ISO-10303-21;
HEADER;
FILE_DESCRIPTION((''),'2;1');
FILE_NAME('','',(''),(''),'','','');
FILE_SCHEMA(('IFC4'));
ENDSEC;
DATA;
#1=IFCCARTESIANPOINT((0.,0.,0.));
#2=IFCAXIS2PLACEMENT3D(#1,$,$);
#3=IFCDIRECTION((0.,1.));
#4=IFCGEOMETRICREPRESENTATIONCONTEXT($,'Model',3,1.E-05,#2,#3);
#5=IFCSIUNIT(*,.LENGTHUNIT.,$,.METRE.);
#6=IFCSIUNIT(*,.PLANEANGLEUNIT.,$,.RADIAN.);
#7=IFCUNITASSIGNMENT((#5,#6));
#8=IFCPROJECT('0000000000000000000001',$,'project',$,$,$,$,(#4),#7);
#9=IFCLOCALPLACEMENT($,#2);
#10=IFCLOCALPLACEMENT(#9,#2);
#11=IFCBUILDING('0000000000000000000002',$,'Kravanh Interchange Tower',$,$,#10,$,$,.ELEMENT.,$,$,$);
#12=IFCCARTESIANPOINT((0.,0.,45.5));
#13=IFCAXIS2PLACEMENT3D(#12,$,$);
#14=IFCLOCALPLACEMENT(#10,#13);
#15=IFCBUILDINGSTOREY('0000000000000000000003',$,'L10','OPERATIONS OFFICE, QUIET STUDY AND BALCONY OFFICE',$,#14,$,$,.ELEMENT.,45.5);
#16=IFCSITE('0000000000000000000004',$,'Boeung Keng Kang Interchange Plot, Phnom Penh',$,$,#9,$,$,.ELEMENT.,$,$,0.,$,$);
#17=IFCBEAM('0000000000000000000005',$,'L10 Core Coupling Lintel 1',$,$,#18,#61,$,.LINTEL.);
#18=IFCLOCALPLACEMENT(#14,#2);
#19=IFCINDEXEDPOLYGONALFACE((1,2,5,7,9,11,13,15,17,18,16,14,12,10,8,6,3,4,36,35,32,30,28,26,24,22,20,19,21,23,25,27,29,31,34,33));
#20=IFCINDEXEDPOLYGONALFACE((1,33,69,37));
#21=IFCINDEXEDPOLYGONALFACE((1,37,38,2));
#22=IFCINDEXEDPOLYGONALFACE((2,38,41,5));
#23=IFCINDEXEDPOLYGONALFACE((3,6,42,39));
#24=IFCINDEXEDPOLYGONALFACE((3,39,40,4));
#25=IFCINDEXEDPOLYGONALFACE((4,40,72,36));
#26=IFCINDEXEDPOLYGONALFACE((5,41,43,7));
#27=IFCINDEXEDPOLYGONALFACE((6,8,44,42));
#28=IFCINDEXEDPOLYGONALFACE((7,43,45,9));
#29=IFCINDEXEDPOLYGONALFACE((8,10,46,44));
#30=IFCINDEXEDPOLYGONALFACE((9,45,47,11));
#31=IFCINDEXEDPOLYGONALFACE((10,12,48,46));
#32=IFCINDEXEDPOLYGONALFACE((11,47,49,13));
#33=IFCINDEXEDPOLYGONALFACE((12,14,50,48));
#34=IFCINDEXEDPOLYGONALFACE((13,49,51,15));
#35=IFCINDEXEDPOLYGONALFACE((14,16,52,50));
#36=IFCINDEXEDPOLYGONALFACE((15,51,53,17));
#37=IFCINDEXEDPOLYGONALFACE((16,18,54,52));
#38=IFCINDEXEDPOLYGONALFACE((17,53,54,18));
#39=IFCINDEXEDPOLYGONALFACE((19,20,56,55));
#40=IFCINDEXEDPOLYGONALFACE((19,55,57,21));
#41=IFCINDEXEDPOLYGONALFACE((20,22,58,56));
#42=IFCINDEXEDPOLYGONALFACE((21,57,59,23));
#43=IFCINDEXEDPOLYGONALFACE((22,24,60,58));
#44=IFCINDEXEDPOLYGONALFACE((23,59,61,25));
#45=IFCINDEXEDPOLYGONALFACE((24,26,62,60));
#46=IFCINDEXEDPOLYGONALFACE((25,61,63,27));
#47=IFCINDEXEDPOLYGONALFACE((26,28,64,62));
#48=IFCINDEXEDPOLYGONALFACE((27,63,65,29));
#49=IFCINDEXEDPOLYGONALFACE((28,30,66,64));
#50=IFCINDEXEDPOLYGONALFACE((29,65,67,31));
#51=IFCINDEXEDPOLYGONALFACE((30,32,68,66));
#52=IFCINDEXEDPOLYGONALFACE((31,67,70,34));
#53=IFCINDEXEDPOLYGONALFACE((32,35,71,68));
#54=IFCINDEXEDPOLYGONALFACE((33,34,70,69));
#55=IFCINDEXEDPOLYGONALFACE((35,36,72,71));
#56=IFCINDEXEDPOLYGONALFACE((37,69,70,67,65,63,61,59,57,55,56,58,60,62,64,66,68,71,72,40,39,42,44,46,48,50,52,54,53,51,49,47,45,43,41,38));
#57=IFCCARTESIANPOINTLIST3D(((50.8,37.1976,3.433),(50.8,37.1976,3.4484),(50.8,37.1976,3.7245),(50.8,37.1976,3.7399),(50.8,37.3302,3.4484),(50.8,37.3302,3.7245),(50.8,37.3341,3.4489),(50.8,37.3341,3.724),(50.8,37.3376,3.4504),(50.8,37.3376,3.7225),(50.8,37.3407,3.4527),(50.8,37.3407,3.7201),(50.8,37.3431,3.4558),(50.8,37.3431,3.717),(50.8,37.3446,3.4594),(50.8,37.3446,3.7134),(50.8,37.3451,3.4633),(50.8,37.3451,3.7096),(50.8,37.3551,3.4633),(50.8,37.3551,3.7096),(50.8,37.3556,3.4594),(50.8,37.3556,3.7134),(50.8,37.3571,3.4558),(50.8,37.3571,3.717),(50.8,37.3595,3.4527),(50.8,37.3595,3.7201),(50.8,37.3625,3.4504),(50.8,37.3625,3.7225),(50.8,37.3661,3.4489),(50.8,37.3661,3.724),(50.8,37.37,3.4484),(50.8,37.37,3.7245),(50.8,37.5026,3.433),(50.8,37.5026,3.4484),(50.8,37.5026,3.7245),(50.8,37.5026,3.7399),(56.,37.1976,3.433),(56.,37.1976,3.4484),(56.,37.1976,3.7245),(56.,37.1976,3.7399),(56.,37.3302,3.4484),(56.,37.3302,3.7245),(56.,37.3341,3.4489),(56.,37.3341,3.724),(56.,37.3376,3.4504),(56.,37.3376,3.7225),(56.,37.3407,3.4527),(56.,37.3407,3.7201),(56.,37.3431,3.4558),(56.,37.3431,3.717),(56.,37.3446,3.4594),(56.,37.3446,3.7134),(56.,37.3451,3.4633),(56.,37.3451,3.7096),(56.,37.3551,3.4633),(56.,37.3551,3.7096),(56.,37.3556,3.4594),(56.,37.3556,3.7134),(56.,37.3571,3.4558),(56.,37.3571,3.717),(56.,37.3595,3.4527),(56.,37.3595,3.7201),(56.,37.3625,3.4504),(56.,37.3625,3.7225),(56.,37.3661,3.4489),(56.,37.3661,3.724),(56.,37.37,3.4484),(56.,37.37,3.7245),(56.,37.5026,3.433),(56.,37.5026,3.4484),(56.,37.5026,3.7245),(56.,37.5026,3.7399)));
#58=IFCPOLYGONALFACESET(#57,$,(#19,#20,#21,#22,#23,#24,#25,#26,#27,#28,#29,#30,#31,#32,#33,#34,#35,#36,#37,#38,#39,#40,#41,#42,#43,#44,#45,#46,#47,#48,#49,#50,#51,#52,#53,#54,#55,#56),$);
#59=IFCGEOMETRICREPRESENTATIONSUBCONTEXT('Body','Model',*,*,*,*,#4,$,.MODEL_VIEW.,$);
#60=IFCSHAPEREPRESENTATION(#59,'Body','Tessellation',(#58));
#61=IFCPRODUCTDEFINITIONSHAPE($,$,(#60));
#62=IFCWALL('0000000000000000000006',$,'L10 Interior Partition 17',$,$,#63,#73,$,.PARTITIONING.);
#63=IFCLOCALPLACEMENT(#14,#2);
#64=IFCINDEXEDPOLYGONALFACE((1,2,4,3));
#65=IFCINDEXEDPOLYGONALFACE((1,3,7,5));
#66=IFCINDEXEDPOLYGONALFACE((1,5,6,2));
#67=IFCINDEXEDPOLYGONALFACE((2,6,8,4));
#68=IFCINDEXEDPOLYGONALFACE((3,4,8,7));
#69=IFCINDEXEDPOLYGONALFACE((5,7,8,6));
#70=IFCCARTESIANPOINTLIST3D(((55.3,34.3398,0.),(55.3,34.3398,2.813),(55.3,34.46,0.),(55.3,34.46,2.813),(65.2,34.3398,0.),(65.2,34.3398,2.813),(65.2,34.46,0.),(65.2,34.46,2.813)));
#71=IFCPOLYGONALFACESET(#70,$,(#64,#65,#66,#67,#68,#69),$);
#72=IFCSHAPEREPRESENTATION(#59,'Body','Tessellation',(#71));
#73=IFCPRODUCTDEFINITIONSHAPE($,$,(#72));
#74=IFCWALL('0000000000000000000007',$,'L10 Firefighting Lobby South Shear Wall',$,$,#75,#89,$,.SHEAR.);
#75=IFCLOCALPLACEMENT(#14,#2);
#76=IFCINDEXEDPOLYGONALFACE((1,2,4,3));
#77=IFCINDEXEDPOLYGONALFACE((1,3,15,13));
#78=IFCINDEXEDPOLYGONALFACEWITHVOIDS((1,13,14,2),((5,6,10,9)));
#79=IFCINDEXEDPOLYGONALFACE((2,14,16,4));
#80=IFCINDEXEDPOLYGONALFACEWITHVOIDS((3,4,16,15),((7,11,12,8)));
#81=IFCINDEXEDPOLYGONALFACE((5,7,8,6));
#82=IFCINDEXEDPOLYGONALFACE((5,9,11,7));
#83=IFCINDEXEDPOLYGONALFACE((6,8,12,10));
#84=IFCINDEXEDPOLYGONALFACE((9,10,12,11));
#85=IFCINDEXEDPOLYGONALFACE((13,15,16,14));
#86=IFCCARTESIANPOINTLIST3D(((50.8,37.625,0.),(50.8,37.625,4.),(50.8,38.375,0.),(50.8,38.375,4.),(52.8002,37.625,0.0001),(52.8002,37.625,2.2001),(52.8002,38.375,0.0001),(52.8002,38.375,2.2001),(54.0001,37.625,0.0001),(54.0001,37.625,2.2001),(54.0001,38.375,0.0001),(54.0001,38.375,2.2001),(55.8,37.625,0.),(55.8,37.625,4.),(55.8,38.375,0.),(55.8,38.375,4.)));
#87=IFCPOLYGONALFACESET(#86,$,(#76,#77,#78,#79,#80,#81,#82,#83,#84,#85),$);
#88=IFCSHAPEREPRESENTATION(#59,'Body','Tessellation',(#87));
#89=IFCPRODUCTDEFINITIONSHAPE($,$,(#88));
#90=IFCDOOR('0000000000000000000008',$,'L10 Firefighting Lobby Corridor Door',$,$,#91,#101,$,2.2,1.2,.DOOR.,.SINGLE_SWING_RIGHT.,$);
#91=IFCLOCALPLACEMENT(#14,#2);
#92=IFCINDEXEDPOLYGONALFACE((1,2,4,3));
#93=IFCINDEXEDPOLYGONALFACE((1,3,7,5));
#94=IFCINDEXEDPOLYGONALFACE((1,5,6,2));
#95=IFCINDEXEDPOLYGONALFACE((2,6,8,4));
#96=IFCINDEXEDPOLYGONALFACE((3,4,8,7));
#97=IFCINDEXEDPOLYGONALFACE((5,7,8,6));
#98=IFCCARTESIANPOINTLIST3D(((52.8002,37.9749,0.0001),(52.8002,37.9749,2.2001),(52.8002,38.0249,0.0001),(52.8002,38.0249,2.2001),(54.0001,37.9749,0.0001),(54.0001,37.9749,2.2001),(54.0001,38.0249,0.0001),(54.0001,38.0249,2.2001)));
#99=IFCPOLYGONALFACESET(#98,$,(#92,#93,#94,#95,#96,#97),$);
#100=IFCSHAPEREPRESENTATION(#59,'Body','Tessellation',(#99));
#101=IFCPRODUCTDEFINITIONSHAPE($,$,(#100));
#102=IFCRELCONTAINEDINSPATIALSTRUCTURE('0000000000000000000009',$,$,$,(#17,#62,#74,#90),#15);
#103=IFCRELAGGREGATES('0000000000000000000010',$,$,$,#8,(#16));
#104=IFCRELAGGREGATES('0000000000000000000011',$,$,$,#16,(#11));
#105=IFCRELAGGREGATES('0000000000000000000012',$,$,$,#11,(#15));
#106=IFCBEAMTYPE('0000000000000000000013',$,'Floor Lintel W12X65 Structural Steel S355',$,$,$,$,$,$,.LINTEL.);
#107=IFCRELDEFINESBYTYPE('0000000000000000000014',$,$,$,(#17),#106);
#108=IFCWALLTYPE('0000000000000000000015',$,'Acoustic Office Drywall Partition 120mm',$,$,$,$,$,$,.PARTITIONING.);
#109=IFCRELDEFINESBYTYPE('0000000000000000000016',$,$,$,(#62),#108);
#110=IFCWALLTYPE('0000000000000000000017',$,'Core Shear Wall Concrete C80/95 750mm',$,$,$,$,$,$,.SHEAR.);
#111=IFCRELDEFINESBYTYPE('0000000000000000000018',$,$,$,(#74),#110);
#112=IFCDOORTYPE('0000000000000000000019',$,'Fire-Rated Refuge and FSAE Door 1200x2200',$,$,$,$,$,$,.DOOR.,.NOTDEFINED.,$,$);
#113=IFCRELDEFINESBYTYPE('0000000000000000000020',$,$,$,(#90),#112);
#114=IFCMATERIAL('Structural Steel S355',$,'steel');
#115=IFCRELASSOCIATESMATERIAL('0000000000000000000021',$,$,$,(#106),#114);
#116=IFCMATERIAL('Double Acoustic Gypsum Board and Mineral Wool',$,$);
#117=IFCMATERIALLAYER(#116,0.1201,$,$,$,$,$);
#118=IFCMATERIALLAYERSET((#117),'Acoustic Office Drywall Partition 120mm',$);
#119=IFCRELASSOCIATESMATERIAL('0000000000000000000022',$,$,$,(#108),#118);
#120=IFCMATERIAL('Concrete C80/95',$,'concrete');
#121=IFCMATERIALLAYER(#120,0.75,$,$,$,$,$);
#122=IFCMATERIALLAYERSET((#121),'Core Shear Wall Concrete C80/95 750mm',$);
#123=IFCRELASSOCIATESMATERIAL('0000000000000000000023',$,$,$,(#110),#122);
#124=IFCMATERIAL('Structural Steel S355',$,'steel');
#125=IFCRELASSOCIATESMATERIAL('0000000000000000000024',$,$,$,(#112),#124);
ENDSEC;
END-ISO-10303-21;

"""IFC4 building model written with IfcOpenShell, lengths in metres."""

from ifc_helpers import new_model, si_unit, direction, frame, frame_2d, origin, origin_2d, place, context, subcontext, project, spatial, rectangle, i_section, extrude, material, layer, layer_set, material_profile, profile_set, type_object, element, fill, save


model = new_model("IFC4")

# Units and contexts
model_context = context("Model", 3, precision=1e-05, world=origin(), true_north=direction((0.0, 1.0)))
body_context = subcontext(model_context, "Body", "Model", "MODEL_VIEW")
ifc_project = project(units=[si_unit("LENGTHUNIT", "METRE"), si_unit("PLANEANGLEUNIT", "RADIAN")], contexts=[model_context])

# Site, building, storey
site_placement = place(None, origin())
site = spatial("IfcSite", under=ifc_project, at=site_placement, Name="Boeung Keng Kang Interchange Plot, Phnom Penh", CompositionType="ELEMENT", RefElevation=0.0)
building_placement = place(site_placement, origin())
building = spatial("IfcBuilding", under=site, at=building_placement, Name="Kravanh Interchange Tower", CompositionType="ELEMENT")
storey_placement = place(building_placement, frame((0.0, 0.0, 45.5)))
storey = spatial("IfcBuildingStorey", under=building, at=storey_placement, Name="L10", Description="OPERATIONS OFFICE, QUIET STUDY AND BALCONY OFFICE", CompositionType="ELEMENT", Elevation=45.5)

# Beam
ifc_material_1 = material(Name="Structural Steel S355", Category="steel")
ifc_material_profile_1 = material_profile(ifc_material_1, i_section(OverallWidth=0.3049, OverallDepth=0.3069, WebThickness=0.01, FlangeThickness=0.0154, FilletRadius=0.0149, at=origin_2d()), Name="W12X65")
ifc_profile_set_1 = profile_set([ifc_material_profile_1], Name="Structural Steel S355")
beam_type_1 = type_object("IfcBeamType", Name="Floor Lintel W12X65 Structural Steel S355", PredefinedType="LINTEL", material=ifc_profile_set_1)
beam_1_placement = place(storey_placement, frame((50.8, 37.3501, 3.5864), z_axis=(1.0, 0.0, 0.0), x_axis=(0.0, 1.0, 0.0)))
element("IfcBeam", 1, at=beam_1_placement, inside=storey, type_object=beam_type_1, Name="L10 Core Coupling Lintel 1", PredefinedType="LINTEL", context=body_context, shape_type="SweptSolid", body=[
    extrude(i_section(OverallWidth=0.3049, OverallDepth=0.3069, WebThickness=0.01, FlangeThickness=0.0154, FilletRadius=0.0149, at=origin_2d()), origin(), (0.0, 0.0, 1.0), 5.2),
])

# Wall
ifc_material_2 = material(Name="Double Acoustic Gypsum Board and Mineral Wool")
ifc_layer_1 = layer(ifc_material_2, 0.1201)
ifc_layer_set_1 = layer_set([ifc_layer_1], Name="Acoustic Office Drywall Partition 120mm")
wall_type_1 = type_object("IfcWallType", Name="Acoustic Office Drywall Partition 120mm", PredefinedType="PARTITIONING", material=ifc_layer_set_1)
wall_1_placement = place(storey_placement, frame((55.3, 34.3999, 0.0), z_axis=(0.0, 0.0, 1.0), x_axis=(1.0, 0.0, 0.0)))
element("IfcWall", 2, at=wall_1_placement, inside=storey, type_object=wall_type_1, Name="L10 Interior Partition 17", PredefinedType="PARTITIONING", context=body_context, shape_type="SweptSolid", body=[
    extrude(rectangle(XDim=9.8999, YDim=0.1201, at=frame_2d((4.95, 0.0))), origin(), (0.0, 0.0, 1.0), 2.813),
])

# Wall, opening, door
ifc_material_3 = material(Name="Concrete C80/95", Category="concrete")
ifc_layer_2 = layer(ifc_material_3, 0.75)
ifc_layer_set_2 = layer_set([ifc_layer_2], Name="Core Shear Wall Concrete C80/95 750mm")
wall_type_2 = type_object("IfcWallType", Name="Core Shear Wall Concrete C80/95 750mm", PredefinedType="SHEAR", material=ifc_layer_set_2)
wall_2_placement = place(storey_placement, frame((50.8, 38.0, 0.0), z_axis=(0.0, 0.0, 1.0), x_axis=(1.0, 0.0, 0.0)))
wall_2 = element("IfcWall", 3, at=wall_2_placement, inside=storey, type_object=wall_type_2, Name="L10 Firefighting Lobby South Shear Wall", PredefinedType="SHEAR", context=body_context, shape_type="SweptSolid", body=[
    extrude(rectangle(XDim=5.0, YDim=0.75, at=frame_2d((2.5, 0.0))), origin(), (0.0, 0.0, 1.0), 4.0),
])
opening_1_placement = place(wall_2_placement, frame((2.0, 0.0, 0.0)))
opening_1 = element("IfcOpeningElement", 4, at=opening_1_placement, cuts=wall_2, PredefinedType="OPENING", context=body_context, shape_type="SweptSolid", body=[
    extrude(rectangle(XDim=1.2, YDim=2.2, at=frame_2d((0.6001, 1.1001))), frame((0.0, 0.385, 0.0), z_axis=(0.0, -1.0, 0.0), x_axis=(1.0, 0.0, 0.0)), (0.0, 0.0, 1.0), 0.77),
])
ifc_material_4 = material(Name="Structural Steel S355", Category="steel")
door_type_1 = type_object("IfcDoorType", Name="Fire-Rated Refuge and FSAE Door 1200x2200", OperationType="NOTDEFINED", PredefinedType="DOOR", material=ifc_material_4)
door_1_placement = place(opening_1_placement, origin())
door_1 = element("IfcDoor", 5, at=door_1_placement, inside=storey, type_object=door_type_1, Name="L10 Firefighting Lobby Corridor Door", OperationType="SINGLE_SWING_RIGHT", OverallHeight=2.2, OverallWidth=1.2, PredefinedType="DOOR", context=body_context, shape_type="SweptSolid", body=[
    extrude(rectangle(XDim=1.2, YDim=2.2, at=frame_2d((0.6001, 1.1001))), frame((0.0, 0.0249, 0.0), z_axis=(0.0, -1.0, 0.0), x_axis=(1.0, 0.0, 0.0)), (0.0, 0.0, 1.0), 0.05),
])
fill(opening_1, door_1)

save(model, "model.ifc")
